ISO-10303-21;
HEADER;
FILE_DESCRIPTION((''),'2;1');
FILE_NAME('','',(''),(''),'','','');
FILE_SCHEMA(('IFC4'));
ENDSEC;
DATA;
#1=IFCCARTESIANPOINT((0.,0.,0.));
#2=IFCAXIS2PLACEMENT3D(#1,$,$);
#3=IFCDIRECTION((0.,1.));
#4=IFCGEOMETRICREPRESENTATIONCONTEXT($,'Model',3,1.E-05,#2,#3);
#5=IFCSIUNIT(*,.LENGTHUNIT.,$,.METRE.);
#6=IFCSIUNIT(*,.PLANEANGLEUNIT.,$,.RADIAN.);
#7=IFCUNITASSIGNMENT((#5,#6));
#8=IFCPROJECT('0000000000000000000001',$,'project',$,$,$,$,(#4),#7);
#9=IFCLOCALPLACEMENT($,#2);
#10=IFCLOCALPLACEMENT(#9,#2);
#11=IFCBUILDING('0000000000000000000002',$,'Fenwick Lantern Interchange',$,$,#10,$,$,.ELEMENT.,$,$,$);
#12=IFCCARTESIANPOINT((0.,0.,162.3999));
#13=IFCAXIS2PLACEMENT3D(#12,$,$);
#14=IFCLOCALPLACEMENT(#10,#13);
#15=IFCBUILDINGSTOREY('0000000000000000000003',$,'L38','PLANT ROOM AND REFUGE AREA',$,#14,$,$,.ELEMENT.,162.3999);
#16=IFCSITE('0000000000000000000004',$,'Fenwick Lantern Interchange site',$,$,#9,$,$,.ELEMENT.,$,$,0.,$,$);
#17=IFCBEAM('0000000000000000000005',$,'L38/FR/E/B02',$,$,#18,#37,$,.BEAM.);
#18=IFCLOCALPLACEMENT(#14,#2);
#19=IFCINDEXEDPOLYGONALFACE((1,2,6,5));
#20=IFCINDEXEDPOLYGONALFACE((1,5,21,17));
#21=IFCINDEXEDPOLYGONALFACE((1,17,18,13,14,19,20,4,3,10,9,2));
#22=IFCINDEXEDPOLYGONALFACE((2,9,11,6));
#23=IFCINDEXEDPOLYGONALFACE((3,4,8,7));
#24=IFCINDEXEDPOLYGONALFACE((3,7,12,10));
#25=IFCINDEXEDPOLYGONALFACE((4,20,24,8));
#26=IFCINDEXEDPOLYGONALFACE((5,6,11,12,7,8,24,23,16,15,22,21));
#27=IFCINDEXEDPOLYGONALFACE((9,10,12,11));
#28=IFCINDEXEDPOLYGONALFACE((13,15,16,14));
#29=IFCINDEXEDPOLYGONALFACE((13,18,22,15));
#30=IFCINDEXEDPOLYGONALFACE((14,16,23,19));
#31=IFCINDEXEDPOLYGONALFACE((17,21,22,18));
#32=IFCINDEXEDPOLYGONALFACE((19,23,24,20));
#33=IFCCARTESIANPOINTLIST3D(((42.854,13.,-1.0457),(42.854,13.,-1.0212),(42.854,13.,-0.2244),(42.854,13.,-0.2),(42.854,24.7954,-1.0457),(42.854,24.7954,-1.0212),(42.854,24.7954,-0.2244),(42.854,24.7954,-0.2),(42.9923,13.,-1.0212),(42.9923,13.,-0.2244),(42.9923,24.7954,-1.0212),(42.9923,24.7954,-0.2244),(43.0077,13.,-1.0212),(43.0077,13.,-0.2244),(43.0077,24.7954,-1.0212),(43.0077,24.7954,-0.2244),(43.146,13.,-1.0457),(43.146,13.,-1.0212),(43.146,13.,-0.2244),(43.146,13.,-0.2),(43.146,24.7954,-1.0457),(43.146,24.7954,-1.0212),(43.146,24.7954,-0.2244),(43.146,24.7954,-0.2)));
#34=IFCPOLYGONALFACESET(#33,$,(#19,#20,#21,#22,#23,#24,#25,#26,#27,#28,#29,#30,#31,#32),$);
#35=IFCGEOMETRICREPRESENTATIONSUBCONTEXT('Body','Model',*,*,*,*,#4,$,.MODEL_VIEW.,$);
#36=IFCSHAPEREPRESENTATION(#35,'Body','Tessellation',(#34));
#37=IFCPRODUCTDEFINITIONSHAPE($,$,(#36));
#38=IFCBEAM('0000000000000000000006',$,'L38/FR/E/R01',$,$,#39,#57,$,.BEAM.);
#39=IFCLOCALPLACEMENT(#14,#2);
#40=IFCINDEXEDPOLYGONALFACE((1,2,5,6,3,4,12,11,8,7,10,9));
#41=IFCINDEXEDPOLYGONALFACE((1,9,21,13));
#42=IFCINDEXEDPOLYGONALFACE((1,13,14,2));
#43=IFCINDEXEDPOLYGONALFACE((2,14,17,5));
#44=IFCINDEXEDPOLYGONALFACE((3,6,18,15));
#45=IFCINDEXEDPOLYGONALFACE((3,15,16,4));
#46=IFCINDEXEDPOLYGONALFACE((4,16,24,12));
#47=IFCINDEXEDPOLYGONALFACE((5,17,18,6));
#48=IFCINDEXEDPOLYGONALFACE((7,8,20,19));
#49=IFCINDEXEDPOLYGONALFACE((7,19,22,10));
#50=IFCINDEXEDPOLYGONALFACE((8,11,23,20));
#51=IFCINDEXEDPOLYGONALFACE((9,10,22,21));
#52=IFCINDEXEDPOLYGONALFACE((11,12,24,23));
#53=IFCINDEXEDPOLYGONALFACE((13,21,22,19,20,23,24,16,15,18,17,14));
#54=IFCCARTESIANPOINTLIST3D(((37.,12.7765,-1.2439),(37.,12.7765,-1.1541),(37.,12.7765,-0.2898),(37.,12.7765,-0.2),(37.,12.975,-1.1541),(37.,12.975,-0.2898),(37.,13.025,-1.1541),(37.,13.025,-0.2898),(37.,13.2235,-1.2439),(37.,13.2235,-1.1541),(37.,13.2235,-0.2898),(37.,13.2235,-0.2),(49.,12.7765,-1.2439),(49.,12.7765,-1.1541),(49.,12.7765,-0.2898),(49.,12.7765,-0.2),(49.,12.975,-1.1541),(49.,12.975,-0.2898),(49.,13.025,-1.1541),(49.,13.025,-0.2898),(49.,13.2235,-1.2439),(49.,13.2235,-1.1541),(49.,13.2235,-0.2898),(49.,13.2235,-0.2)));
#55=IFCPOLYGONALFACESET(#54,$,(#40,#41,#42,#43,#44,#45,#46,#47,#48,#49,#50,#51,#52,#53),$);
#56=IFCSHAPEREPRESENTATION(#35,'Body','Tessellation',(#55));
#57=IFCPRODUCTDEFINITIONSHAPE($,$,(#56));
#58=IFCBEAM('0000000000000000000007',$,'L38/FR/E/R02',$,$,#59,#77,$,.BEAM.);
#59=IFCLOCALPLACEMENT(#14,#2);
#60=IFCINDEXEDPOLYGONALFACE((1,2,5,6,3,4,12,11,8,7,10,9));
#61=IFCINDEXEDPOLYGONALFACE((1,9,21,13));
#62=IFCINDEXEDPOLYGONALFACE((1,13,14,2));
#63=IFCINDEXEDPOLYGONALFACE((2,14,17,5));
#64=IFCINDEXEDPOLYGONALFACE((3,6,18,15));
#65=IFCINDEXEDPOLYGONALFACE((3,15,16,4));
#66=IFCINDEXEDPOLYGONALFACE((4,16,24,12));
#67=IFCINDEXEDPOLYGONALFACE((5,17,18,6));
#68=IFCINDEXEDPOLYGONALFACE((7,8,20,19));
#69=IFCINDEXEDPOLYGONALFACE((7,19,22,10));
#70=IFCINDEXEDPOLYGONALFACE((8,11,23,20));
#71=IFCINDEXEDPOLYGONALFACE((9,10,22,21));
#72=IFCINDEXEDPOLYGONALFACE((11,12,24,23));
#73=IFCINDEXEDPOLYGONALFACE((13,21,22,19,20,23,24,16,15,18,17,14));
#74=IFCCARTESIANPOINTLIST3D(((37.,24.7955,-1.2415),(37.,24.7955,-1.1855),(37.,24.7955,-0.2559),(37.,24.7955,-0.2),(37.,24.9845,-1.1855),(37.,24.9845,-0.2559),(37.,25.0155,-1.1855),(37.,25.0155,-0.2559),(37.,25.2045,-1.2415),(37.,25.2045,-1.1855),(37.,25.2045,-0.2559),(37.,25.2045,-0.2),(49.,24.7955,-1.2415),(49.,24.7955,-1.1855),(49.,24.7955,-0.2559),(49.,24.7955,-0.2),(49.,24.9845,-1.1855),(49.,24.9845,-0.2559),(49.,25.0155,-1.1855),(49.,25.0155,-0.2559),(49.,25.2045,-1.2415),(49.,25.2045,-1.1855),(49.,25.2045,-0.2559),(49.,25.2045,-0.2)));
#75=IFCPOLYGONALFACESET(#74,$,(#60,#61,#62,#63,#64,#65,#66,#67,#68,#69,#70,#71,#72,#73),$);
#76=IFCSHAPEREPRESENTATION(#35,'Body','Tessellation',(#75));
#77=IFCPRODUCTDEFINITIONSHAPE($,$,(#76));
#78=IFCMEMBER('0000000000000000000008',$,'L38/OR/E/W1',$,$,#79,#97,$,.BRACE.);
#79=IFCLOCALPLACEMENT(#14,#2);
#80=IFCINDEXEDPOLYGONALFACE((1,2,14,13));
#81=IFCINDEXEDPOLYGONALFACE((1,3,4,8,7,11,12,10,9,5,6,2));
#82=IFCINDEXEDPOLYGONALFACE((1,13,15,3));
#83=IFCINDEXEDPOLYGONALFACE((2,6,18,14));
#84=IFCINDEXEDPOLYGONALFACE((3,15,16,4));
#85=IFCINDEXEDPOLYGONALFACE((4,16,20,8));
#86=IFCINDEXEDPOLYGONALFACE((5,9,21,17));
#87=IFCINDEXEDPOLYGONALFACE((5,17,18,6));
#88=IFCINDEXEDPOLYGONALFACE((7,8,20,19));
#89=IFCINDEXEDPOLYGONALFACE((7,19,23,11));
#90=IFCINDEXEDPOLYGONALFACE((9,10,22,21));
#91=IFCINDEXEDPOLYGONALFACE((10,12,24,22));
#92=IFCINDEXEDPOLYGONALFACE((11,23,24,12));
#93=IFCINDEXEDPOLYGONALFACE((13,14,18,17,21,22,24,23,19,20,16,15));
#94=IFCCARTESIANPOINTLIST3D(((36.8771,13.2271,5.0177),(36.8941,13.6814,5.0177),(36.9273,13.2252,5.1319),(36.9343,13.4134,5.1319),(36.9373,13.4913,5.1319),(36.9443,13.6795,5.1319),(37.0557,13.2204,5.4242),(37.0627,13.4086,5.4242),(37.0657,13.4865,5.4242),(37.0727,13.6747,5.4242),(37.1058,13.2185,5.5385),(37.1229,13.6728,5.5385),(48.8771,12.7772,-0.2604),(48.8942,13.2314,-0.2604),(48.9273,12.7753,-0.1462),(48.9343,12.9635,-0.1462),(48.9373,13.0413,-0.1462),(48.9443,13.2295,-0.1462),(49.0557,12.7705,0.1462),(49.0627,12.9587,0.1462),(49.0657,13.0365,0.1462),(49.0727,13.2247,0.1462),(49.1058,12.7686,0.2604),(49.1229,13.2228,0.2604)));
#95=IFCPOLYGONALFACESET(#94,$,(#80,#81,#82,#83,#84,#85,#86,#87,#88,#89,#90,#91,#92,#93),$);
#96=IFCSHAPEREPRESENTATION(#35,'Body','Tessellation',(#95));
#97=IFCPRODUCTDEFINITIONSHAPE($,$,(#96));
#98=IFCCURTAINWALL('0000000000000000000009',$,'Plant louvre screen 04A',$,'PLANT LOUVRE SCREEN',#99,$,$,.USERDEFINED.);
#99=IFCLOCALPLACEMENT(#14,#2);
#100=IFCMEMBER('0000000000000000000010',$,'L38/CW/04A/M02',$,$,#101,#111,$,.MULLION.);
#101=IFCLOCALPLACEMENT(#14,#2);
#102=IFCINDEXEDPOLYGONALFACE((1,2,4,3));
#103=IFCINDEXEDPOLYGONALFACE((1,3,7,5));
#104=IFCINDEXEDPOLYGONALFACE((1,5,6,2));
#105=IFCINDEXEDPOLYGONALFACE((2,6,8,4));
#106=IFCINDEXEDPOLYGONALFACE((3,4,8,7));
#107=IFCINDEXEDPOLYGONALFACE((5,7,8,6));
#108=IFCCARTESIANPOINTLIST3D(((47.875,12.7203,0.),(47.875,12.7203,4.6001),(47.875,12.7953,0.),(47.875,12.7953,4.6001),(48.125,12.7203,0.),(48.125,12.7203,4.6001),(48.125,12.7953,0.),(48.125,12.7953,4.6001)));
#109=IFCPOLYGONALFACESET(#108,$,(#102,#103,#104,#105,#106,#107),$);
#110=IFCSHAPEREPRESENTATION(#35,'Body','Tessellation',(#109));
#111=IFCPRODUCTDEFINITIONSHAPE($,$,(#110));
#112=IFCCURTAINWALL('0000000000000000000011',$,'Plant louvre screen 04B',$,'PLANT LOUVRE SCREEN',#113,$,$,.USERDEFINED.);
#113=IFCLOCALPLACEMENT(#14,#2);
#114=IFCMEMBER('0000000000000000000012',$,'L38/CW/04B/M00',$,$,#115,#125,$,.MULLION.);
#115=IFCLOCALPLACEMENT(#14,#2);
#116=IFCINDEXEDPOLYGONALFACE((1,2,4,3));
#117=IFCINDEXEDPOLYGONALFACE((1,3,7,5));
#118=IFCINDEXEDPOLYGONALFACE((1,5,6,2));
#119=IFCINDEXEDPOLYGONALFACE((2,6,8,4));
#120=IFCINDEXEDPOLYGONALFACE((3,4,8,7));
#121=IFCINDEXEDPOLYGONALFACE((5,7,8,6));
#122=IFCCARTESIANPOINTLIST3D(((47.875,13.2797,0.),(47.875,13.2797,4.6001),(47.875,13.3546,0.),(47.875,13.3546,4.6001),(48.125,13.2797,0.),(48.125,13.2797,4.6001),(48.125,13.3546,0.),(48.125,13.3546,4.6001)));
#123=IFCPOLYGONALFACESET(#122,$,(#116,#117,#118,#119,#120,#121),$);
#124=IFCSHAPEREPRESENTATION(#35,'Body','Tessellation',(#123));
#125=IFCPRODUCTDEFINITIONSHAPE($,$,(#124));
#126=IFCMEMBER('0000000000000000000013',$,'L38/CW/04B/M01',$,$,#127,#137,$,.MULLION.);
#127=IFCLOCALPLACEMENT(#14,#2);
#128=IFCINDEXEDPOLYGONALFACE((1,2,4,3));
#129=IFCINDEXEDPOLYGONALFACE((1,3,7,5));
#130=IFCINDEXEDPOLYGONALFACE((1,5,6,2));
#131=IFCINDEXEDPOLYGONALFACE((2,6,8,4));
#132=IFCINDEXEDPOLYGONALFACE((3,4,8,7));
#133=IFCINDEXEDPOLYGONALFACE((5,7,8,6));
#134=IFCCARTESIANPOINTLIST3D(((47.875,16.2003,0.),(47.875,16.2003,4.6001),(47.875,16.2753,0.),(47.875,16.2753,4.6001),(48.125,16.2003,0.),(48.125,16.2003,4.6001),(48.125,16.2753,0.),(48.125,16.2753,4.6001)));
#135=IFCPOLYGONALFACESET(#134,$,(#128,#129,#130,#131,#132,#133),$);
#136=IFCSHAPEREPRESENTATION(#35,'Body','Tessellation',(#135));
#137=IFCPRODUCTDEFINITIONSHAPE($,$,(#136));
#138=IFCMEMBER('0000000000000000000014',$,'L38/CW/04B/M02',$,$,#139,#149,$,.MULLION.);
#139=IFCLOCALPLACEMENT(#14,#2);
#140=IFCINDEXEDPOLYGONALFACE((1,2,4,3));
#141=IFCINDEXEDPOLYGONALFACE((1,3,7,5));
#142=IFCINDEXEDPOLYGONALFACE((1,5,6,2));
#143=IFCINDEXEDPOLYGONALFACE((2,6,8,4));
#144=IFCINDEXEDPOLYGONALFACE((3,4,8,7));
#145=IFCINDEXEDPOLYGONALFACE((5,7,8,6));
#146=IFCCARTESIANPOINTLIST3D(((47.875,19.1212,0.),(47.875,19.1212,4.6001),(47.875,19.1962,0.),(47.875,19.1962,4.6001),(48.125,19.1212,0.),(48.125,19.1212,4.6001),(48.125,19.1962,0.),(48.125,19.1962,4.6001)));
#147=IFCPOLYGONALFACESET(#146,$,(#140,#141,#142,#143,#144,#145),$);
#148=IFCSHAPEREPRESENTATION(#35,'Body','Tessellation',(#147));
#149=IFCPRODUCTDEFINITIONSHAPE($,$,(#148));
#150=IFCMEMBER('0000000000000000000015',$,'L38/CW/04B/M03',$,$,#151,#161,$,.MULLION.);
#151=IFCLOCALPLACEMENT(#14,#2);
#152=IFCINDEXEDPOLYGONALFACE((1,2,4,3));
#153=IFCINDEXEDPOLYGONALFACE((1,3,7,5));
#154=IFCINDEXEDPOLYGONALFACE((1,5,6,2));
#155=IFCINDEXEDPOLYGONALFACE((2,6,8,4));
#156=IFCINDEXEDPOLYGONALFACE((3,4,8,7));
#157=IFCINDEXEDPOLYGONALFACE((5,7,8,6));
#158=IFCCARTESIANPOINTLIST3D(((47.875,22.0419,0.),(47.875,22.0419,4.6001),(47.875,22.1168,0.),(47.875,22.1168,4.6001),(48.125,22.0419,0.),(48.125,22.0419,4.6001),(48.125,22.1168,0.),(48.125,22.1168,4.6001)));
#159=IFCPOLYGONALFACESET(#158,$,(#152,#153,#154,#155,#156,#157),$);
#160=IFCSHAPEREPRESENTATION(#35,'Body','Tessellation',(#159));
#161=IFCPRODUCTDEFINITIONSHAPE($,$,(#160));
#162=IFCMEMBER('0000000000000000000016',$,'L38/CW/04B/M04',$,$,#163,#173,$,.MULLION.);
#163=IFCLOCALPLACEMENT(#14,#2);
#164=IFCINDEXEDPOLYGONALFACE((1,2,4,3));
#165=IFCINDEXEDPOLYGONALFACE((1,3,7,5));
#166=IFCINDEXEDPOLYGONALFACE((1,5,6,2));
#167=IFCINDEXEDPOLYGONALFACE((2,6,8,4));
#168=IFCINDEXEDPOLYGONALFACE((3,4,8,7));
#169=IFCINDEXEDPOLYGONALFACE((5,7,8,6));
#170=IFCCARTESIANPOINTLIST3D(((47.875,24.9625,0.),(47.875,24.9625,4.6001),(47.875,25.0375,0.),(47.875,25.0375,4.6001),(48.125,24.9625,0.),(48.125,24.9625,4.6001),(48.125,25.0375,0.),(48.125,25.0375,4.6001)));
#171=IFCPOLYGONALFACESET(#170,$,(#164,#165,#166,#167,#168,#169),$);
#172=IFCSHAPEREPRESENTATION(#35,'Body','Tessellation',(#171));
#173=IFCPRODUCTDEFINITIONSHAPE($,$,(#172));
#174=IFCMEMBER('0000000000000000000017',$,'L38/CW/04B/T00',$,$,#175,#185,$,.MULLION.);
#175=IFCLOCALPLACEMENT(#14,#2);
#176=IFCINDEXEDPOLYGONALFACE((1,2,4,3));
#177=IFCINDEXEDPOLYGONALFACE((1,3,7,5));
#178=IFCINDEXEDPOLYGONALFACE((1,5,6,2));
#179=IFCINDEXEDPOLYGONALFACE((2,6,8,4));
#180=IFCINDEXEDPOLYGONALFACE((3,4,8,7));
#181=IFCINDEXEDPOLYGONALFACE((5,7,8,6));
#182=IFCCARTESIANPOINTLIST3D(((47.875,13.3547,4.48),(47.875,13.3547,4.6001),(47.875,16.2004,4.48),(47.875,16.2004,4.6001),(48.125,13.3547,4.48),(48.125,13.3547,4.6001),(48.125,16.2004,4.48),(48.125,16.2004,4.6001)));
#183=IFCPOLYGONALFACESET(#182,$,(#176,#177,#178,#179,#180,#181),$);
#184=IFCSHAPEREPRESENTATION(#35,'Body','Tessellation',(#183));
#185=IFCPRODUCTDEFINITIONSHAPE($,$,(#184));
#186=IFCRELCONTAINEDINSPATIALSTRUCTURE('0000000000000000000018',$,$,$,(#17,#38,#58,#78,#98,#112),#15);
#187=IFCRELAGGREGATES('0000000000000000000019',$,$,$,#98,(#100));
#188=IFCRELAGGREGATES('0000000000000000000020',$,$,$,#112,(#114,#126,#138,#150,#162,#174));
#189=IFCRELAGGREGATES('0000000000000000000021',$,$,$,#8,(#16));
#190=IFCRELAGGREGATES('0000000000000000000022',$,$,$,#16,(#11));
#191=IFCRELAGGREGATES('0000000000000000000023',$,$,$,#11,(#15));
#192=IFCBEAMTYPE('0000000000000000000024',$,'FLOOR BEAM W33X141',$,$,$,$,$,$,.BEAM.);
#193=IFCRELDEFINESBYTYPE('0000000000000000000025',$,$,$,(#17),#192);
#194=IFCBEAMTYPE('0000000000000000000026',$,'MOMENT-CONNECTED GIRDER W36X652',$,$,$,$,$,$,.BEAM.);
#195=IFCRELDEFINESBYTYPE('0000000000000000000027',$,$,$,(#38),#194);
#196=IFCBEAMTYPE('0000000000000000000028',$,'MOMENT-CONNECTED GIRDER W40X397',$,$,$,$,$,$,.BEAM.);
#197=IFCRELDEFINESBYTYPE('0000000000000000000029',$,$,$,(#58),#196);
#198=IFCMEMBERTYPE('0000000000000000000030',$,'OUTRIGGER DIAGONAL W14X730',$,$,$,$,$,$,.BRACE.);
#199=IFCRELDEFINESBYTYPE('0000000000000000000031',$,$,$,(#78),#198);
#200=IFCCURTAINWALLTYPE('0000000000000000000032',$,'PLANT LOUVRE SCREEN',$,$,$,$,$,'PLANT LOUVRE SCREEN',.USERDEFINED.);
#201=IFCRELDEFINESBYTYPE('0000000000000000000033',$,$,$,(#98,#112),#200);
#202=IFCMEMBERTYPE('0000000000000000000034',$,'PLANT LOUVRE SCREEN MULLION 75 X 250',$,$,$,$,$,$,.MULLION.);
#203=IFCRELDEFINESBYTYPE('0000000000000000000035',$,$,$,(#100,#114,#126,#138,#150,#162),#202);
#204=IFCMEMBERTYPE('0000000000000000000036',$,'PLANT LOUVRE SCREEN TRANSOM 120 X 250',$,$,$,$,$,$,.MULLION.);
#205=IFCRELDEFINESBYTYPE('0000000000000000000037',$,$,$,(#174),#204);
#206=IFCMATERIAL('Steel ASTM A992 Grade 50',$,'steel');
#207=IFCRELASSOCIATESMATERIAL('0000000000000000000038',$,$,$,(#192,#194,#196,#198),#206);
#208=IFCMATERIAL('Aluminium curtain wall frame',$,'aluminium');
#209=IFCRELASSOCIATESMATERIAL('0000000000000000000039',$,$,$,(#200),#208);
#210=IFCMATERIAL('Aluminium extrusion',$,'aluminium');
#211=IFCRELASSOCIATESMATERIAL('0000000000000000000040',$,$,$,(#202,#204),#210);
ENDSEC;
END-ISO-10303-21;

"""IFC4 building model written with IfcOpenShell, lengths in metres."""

from ifc_helpers import new_model, si_unit, direction, frame, origin, origin_2d, place, context, subcontext, project, spatial, rectangle, i_section, extrude, material, material_profile, profile_set, type_object, element, aggregate, save


model = new_model("IFC4")

# Units and contexts
model_context = context("Model", 3, precision=1e-05, world=origin(), true_north=direction((0.0, 1.0)))
body_context = subcontext(model_context, "Body", "Model", "MODEL_VIEW")
ifc_project = project(units=[si_unit("LENGTHUNIT", "METRE"), si_unit("PLANEANGLEUNIT", "RADIAN")], contexts=[model_context])

# Site, building, storey
site_placement = place(None, origin())
site = spatial("IfcSite", under=ifc_project, at=site_placement, Name="Fenwick Lantern Interchange site", CompositionType="ELEMENT", RefElevation=0.0)
building_placement = place(site_placement, origin())
building = spatial("IfcBuilding", under=site, at=building_placement, Name="Fenwick Lantern Interchange", CompositionType="ELEMENT")
storey_placement = place(building_placement, frame((0.0, 0.0, 162.3999)))
storey = spatial("IfcBuildingStorey", under=building, at=storey_placement, Name="L38", Description="PLANT ROOM AND REFUGE AREA", CompositionType="ELEMENT", Elevation=162.3999)

# Shared definitions
ifc_material_1 = material(Name="Steel ASTM A992 Grade 50", Category="steel")

# Beams
ifc_material_profile_1 = material_profile(ifc_material_1, i_section(OverallWidth=0.292, OverallDepth=0.8457, WebThickness=0.0154, FlangeThickness=0.0244, at=origin_2d()), Name="W33X141")
ifc_profile_set_1 = profile_set([ifc_material_profile_1], Name="Steel ASTM A992 Grade 50")
beam_type_1 = type_object("IfcBeamType", Name="FLOOR BEAM W33X141", PredefinedType="BEAM", material=ifc_profile_set_1)
for number, where, z_axis, x_axis, name in (
    (1, (43.0, 13.0, -0.6228), (0.0, 1.0, 0.0), (-1.0, 0.0, 0.0), "L38/FR/E/B02"),
):
    element("IfcBeam", number, at=place(storey_placement, frame(where, z_axis=z_axis, x_axis=x_axis)), inside=storey, type_object=beam_type_1, Name=name, PredefinedType="BEAM", context=body_context, shape_type="SweptSolid", body=[
        extrude(i_section(OverallWidth=0.292, OverallDepth=0.8457, WebThickness=0.0154, FlangeThickness=0.0244, at=origin_2d()), origin(), (0.0, 0.0, 1.0), 11.7954),
    ])
ifc_material_profile_2 = material_profile(ifc_material_1, i_section(OverallWidth=0.447, OverallDepth=1.0439, WebThickness=0.05, FlangeThickness=0.0898, at=origin_2d()), Name="W36X652")
ifc_profile_set_2 = profile_set([ifc_material_profile_2], Name="Steel ASTM A992 Grade 50")
beam_type_2 = type_object("IfcBeamType", Name="MOMENT-CONNECTED GIRDER W36X652", PredefinedType="BEAM", material=ifc_profile_set_2)
beam_1_placement = place(storey_placement, frame((49.0, 13.0, -0.7219), z_axis=(-1.0, 0.0, 0.0), x_axis=(0.0, -1.0, 0.0)))
element("IfcBeam", 2, at=beam_1_placement, inside=storey, type_object=beam_type_2, Name="L38/FR/E/R01", PredefinedType="BEAM", context=body_context, shape_type="SweptSolid", body=[
    extrude(i_section(OverallWidth=0.447, OverallDepth=1.0439, WebThickness=0.05, FlangeThickness=0.0898, at=origin_2d()), origin(), (0.0, 0.0, 1.0), 12.0),
])
ifc_material_profile_3 = material_profile(ifc_material_1, i_section(OverallWidth=0.4089, OverallDepth=1.0415, WebThickness=0.031, FlangeThickness=0.0559, at=origin_2d()), Name="W40X397")
ifc_profile_set_3 = profile_set([ifc_material_profile_3], Name="Steel ASTM A992 Grade 50")
beam_type_3 = type_object("IfcBeamType", Name="MOMENT-CONNECTED GIRDER W40X397", PredefinedType="BEAM", material=ifc_profile_set_3)
beam_2_placement = place(storey_placement, frame((49.0, 25.0, -0.7207), z_axis=(-1.0, 0.0, 0.0), x_axis=(0.0, -1.0, 0.0)))
element("IfcBeam", 3, at=beam_2_placement, inside=storey, type_object=beam_type_3, Name="L38/FR/E/R02", PredefinedType="BEAM", context=body_context, shape_type="SweptSolid", body=[
    extrude(i_section(OverallWidth=0.4089, OverallDepth=1.0415, WebThickness=0.031, FlangeThickness=0.0559, at=origin_2d()), origin(), (0.0, 0.0, 1.0), 12.0),
])

# Member
ifc_material_profile_4 = material_profile(ifc_material_1, i_section(OverallWidth=0.4546, OverallDepth=0.5688, WebThickness=0.0779, FlangeThickness=0.1248, at=origin_2d()), Name="W14X730")
ifc_profile_set_4 = profile_set([ifc_material_profile_4], Name="Steel ASTM A992 Grade 50")
member_type_1 = type_object("IfcMemberType", Name="OUTRIGGER DIAGONAL W14X730", PredefinedType="BRACE", material=ifc_profile_set_4)
member_1_placement = place(storey_placement, frame((49.0, 13.0, 0.0), z_axis=(-0.91483, 0.034302, 0.402379), x_axis=(-0.03747, -0.999298, 0.0)))
element("IfcMember", 4, at=member_1_placement, inside=storey, type_object=member_type_1, Name="L38/OR/E/W1", PredefinedType="BRACE", context=body_context, shape_type="SweptSolid", body=[
    extrude(i_section(OverallWidth=0.4546, OverallDepth=0.5688, WebThickness=0.0779, FlangeThickness=0.1248, at=origin_2d()), origin(), (0.0, 0.0, 1.0), 13.1172),
])

# Curtain wall, member
ifc_material_2 = material(Name="Aluminium curtain wall frame", Category="aluminium")
curtain_wall_type = type_object("IfcCurtainWallType", Name="PLANT LOUVRE SCREEN", ElementType="PLANT LOUVRE SCREEN", PredefinedType="USERDEFINED", material=ifc_material_2)
curtain_wall_1_placement = place(storey_placement, origin())
curtain_wall_1 = element("IfcCurtainWall", 5, at=curtain_wall_1_placement, inside=storey, type_object=curtain_wall_type, Name="Plant louvre screen 04A", ObjectType="PLANT LOUVRE SCREEN", PredefinedType="USERDEFINED")
ifc_material_3 = material(Name="Aluminium extrusion", Category="aluminium")
ifc_material_profile_5 = material_profile(ifc_material_3, rectangle(XDim=0.25, YDim=0.075, at=origin_2d()), Name="PLANT LOUVRE SCREEN MULLION 75 X 250")
ifc_profile_set_5 = profile_set([ifc_material_profile_5], Name="Aluminium extrusion")
member_type_2 = type_object("IfcMemberType", Name="PLANT LOUVRE SCREEN MULLION 75 X 250", PredefinedType="MULLION", material=ifc_profile_set_5)
member_2_placement = place(storey_placement, frame((48.0, 12.7578, 0.0), z_axis=(0.0, 0.0, 1.0), x_axis=(-1.0, 0.0, 0.0)))
member_2 = element("IfcMember", 6, at=member_2_placement, type_object=member_type_2, Name="L38/CW/04A/M02", PredefinedType="MULLION", context=body_context, shape_type="SweptSolid", body=[
    extrude(rectangle(XDim=0.25, YDim=0.075, at=origin_2d()), origin(), (0.0, 0.0, 1.0), 4.6001),
])

# Curtain wall, members
curtain_wall_2_placement = place(storey_placement, origin())
curtain_wall_2 = element("IfcCurtainWall", 7, at=curtain_wall_2_placement, inside=storey, type_object=curtain_wall_type, Name="Plant louvre screen 04B", ObjectType="PLANT LOUVRE SCREEN", PredefinedType="USERDEFINED")
member_3_placement = place(storey_placement, frame((48.0, 13.3171, 0.0), z_axis=(0.0, 0.0, 1.0), x_axis=(-1.0, 0.0, 0.0)))
member_3 = element("IfcMember", 8, at=member_3_placement, type_object=member_type_2, Name="L38/CW/04B/M00", PredefinedType="MULLION", context=body_context, shape_type="SweptSolid", body=[
    extrude(rectangle(XDim=0.25, YDim=0.075, at=origin_2d()), origin(), (0.0, 0.0, 1.0), 4.6001),
])
member_4_placement = place(storey_placement, frame((48.0, 16.2378, 0.0), z_axis=(0.0, 0.0, 1.0), x_axis=(-1.0, 0.0, 0.0)))
member_4 = element("IfcMember", 9, at=member_4_placement, type_object=member_type_2, Name="L38/CW/04B/M01", PredefinedType="MULLION", context=body_context, shape_type="SweptSolid", body=[
    extrude(rectangle(XDim=0.25, YDim=0.075, at=origin_2d()), origin(), (0.0, 0.0, 1.0), 4.6001),
])
member_5_placement = place(storey_placement, frame((48.0, 19.1587, 0.0), z_axis=(0.0, 0.0, 1.0), x_axis=(-1.0, 0.0, 0.0)))
member_5 = element("IfcMember", 10, at=member_5_placement, type_object=member_type_2, Name="L38/CW/04B/M02", PredefinedType="MULLION", context=body_context, shape_type="SweptSolid", body=[
    extrude(rectangle(XDim=0.25, YDim=0.075, at=origin_2d()), origin(), (0.0, 0.0, 1.0), 4.6001),
])
member_6_placement = place(storey_placement, frame((48.0, 22.0793, 0.0), z_axis=(0.0, 0.0, 1.0), x_axis=(-1.0, 0.0, 0.0)))
member_6 = element("IfcMember", 11, at=member_6_placement, type_object=member_type_2, Name="L38/CW/04B/M03", PredefinedType="MULLION", context=body_context, shape_type="SweptSolid", body=[
    extrude(rectangle(XDim=0.25, YDim=0.075, at=origin_2d()), origin(), (0.0, 0.0, 1.0), 4.6001),
])
member_7_placement = place(storey_placement, frame((48.0, 25.0, 0.0), z_axis=(0.0, 0.0, 1.0), x_axis=(-1.0, 0.0, 0.0)))
member_7 = element("IfcMember", 12, at=member_7_placement, type_object=member_type_2, Name="L38/CW/04B/M04", PredefinedType="MULLION", context=body_context, shape_type="SweptSolid", body=[
    extrude(rectangle(XDim=0.25, YDim=0.075, at=origin_2d()), origin(), (0.0, 0.0, 1.0), 4.6001),
])
ifc_material_profile_6 = material_profile(ifc_material_3, rectangle(XDim=0.25, YDim=0.1201, at=origin_2d()), Name="PLANT LOUVRE SCREEN TRANSOM 120 X 250")
ifc_profile_set_6 = profile_set([ifc_material_profile_6], Name="Aluminium extrusion")
member_type_3 = type_object("IfcMemberType", Name="PLANT LOUVRE SCREEN TRANSOM 120 X 250", PredefinedType="MULLION", material=ifc_profile_set_6)
member_8_placement = place(storey_placement, frame((48.0, 13.3547, 4.54), z_axis=(0.0, 1.0, 0.0), x_axis=(-1.0, 0.0, 0.0)))
member_8 = element("IfcMember", 13, at=member_8_placement, type_object=member_type_3, Name="L38/CW/04B/T00", PredefinedType="MULLION", context=body_context, shape_type="SweptSolid", body=[
    extrude(rectangle(XDim=0.25, YDim=0.1201, at=origin_2d()), origin(), (0.0, 0.0, 1.0), 2.8457),
])

aggregate(curtain_wall_1, [member_2])
aggregate(curtain_wall_2, [member_3, member_4, member_5, member_6, member_7, member_8])

save(model, "model.ifc")
